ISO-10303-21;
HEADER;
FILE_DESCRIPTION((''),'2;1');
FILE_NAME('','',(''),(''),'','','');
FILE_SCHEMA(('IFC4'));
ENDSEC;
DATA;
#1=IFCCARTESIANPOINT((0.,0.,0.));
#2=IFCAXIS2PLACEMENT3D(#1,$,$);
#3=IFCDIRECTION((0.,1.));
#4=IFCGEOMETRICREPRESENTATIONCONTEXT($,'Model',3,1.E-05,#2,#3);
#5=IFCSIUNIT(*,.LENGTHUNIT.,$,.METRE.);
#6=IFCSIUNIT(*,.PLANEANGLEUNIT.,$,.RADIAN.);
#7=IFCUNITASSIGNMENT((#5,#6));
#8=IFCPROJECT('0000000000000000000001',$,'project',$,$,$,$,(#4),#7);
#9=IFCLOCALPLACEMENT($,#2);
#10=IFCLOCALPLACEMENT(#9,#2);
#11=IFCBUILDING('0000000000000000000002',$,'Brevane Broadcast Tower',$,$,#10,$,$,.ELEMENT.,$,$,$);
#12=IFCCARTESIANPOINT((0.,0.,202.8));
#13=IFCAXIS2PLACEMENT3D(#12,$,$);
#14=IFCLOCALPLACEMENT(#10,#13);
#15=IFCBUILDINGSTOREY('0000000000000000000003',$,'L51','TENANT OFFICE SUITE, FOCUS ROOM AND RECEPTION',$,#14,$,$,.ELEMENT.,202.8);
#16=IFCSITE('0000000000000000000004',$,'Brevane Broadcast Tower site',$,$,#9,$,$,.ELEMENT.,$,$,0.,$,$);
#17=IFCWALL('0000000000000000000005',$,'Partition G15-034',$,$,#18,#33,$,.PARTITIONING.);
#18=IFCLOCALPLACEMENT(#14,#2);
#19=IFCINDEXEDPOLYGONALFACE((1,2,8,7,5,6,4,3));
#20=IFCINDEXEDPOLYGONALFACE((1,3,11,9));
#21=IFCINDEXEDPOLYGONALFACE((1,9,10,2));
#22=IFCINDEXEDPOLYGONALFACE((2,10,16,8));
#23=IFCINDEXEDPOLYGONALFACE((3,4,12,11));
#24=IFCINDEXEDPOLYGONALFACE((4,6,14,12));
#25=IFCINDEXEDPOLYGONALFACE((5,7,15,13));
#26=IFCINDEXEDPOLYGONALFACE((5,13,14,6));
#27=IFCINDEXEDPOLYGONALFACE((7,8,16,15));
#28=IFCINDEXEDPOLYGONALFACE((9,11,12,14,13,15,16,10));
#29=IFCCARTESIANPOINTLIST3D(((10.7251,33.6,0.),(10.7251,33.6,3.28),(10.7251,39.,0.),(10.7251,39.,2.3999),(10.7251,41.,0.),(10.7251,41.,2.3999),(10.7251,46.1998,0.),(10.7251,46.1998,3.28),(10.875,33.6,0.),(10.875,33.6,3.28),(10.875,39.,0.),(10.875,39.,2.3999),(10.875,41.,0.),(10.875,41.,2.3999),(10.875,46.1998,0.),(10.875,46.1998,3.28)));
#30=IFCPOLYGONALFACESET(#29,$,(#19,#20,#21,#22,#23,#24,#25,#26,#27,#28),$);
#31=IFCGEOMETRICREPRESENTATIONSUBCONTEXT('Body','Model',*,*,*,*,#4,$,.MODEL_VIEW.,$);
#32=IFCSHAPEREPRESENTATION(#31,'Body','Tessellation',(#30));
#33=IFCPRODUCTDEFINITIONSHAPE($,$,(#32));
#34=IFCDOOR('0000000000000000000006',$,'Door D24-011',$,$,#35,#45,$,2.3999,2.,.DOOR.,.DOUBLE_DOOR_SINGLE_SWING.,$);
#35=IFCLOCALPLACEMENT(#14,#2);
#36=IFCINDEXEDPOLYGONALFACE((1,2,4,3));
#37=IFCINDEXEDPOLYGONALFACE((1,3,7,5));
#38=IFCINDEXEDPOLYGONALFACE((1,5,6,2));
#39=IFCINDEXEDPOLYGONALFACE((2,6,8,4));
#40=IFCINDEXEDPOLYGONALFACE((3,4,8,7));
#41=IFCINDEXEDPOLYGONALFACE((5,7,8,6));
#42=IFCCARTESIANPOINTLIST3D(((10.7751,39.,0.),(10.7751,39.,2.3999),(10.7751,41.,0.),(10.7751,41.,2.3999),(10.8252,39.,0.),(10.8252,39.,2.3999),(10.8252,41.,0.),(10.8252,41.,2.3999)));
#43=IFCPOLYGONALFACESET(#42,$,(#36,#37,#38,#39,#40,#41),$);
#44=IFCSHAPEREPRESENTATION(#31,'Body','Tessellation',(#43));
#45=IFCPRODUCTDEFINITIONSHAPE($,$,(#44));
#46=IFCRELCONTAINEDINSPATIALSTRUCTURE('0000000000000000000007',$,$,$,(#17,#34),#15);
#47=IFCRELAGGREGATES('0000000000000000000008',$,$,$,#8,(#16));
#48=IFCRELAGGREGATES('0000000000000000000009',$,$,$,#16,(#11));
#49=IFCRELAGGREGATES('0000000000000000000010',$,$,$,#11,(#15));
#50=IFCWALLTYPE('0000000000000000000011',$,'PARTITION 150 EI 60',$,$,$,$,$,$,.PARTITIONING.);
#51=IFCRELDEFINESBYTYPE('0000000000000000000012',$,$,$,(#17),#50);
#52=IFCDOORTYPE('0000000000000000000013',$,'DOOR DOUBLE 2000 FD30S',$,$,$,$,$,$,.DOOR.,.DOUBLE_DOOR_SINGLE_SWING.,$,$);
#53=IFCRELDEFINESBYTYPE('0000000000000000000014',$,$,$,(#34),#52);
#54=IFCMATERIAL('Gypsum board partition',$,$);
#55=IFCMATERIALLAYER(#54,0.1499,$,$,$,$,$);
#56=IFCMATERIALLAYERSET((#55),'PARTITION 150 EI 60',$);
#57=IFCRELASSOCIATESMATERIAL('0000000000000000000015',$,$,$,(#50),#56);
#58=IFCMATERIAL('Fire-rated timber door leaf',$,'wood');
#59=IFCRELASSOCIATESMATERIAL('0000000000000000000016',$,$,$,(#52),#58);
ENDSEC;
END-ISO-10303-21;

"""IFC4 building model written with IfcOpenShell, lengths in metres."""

from ifc_helpers import new_model, si_unit, direction, frame, frame_2d, origin, place, context, subcontext, project, spatial, rectangle, extrude, material, layer, layer_set, type_object, element, fill, save


model = new_model("IFC4")

# Units and contexts
model_context = context("Model", 3, precision=1e-05, world=origin(), true_north=direction((0.0, 1.0)))
body_context = subcontext(model_context, "Body", "Model", "MODEL_VIEW")
ifc_project = project(units=[si_unit("LENGTHUNIT", "METRE"), si_unit("PLANEANGLEUNIT", "RADIAN")], contexts=[model_context])

# Site, building, storey
site_placement = place(None, origin())
site = spatial("IfcSite", under=ifc_project, at=site_placement, Name="Brevane Broadcast Tower site", CompositionType="ELEMENT", RefElevation=0.0)
building_placement = place(site_placement, origin())
building = spatial("IfcBuilding", under=site, at=building_placement, Name="Brevane Broadcast Tower", CompositionType="ELEMENT")
storey_placement = place(building_placement, frame((0.0, 0.0, 202.8)))
storey = spatial("IfcBuildingStorey", under=building, at=storey_placement, Name="L51", Description="TENANT OFFICE SUITE, FOCUS ROOM AND RECEPTION", CompositionType="ELEMENT", Elevation=202.8)

# Shared definitions
ifc_material_1 = material(Name="Gypsum board partition")

# Shared definitions
ifc_layer_1 = layer(ifc_material_1, 0.1499)
ifc_layer_set_1 = layer_set([ifc_layer_1], Name="PARTITION 150 EI 60")
wall_type_1 = type_object("IfcWallType", Name="PARTITION 150 EI 60", PredefinedType="PARTITIONING", material=ifc_layer_set_1)
ifc_material_2 = material(Name="Fire-rated timber door leaf", Category="wood")

# Wall, opening, door
wall_1_placement = place(storey_placement, frame((10.8, 33.6001, 0.0), z_axis=(0.0, 0.0, 1.0), x_axis=(0.0, 1.0, 0.0)))
wall_1 = element("IfcWall", 1, at=wall_1_placement, inside=storey, type_object=wall_type_1, Name="Partition G15-034", PredefinedType="PARTITIONING", context=body_context, shape_type="SweptSolid", body=[
    extrude(rectangle(XDim=12.5999, YDim=0.1499, at=frame_2d((6.2998, 0.0))), origin(), (0.0, 0.0, 1.0), 3.28),
])
opening_1_placement = place(wall_1_placement, frame((5.3999, 0.0, 0.0)))
opening_1 = element("IfcOpeningElement", 2, at=opening_1_placement, cuts=wall_1, PredefinedType="OPENING", context=body_context, shape_type="SweptSolid", body=[
    extrude(rectangle(XDim=2.0, YDim=2.3999, at=frame_2d((1.0, 1.2))), frame((0.0, 0.085, 0.0), z_axis=(0.0, -1.0, 0.0), x_axis=(1.0, 0.0, 0.0)), (0.0, 0.0, 1.0), 0.1699),
])
door_type_1 = type_object("IfcDoorType", Name="DOOR DOUBLE 2000 FD30S", OperationType="DOUBLE_DOOR_SINGLE_SWING", PredefinedType="DOOR", material=ifc_material_2)
door_1_placement = place(opening_1_placement, origin())
door_1 = element("IfcDoor", 3, at=door_1_placement, inside=storey, type_object=door_type_1, Name="Door D24-011", OperationType="DOUBLE_DOOR_SINGLE_SWING", OverallHeight=2.3999, OverallWidth=2.0, PredefinedType="DOOR", context=body_context, shape_type="SweptSolid", body=[
    extrude(rectangle(XDim=2.0, YDim=2.3999, at=frame_2d((1.0, 1.2))), frame((0.0, 0.0249, 0.0), z_axis=(0.0, -1.0, 0.0), x_axis=(1.0, 0.0, 0.0)), (0.0, 0.0, 1.0), 0.05),
])
fill(opening_1, door_1)

save(model, "model.ifc")
